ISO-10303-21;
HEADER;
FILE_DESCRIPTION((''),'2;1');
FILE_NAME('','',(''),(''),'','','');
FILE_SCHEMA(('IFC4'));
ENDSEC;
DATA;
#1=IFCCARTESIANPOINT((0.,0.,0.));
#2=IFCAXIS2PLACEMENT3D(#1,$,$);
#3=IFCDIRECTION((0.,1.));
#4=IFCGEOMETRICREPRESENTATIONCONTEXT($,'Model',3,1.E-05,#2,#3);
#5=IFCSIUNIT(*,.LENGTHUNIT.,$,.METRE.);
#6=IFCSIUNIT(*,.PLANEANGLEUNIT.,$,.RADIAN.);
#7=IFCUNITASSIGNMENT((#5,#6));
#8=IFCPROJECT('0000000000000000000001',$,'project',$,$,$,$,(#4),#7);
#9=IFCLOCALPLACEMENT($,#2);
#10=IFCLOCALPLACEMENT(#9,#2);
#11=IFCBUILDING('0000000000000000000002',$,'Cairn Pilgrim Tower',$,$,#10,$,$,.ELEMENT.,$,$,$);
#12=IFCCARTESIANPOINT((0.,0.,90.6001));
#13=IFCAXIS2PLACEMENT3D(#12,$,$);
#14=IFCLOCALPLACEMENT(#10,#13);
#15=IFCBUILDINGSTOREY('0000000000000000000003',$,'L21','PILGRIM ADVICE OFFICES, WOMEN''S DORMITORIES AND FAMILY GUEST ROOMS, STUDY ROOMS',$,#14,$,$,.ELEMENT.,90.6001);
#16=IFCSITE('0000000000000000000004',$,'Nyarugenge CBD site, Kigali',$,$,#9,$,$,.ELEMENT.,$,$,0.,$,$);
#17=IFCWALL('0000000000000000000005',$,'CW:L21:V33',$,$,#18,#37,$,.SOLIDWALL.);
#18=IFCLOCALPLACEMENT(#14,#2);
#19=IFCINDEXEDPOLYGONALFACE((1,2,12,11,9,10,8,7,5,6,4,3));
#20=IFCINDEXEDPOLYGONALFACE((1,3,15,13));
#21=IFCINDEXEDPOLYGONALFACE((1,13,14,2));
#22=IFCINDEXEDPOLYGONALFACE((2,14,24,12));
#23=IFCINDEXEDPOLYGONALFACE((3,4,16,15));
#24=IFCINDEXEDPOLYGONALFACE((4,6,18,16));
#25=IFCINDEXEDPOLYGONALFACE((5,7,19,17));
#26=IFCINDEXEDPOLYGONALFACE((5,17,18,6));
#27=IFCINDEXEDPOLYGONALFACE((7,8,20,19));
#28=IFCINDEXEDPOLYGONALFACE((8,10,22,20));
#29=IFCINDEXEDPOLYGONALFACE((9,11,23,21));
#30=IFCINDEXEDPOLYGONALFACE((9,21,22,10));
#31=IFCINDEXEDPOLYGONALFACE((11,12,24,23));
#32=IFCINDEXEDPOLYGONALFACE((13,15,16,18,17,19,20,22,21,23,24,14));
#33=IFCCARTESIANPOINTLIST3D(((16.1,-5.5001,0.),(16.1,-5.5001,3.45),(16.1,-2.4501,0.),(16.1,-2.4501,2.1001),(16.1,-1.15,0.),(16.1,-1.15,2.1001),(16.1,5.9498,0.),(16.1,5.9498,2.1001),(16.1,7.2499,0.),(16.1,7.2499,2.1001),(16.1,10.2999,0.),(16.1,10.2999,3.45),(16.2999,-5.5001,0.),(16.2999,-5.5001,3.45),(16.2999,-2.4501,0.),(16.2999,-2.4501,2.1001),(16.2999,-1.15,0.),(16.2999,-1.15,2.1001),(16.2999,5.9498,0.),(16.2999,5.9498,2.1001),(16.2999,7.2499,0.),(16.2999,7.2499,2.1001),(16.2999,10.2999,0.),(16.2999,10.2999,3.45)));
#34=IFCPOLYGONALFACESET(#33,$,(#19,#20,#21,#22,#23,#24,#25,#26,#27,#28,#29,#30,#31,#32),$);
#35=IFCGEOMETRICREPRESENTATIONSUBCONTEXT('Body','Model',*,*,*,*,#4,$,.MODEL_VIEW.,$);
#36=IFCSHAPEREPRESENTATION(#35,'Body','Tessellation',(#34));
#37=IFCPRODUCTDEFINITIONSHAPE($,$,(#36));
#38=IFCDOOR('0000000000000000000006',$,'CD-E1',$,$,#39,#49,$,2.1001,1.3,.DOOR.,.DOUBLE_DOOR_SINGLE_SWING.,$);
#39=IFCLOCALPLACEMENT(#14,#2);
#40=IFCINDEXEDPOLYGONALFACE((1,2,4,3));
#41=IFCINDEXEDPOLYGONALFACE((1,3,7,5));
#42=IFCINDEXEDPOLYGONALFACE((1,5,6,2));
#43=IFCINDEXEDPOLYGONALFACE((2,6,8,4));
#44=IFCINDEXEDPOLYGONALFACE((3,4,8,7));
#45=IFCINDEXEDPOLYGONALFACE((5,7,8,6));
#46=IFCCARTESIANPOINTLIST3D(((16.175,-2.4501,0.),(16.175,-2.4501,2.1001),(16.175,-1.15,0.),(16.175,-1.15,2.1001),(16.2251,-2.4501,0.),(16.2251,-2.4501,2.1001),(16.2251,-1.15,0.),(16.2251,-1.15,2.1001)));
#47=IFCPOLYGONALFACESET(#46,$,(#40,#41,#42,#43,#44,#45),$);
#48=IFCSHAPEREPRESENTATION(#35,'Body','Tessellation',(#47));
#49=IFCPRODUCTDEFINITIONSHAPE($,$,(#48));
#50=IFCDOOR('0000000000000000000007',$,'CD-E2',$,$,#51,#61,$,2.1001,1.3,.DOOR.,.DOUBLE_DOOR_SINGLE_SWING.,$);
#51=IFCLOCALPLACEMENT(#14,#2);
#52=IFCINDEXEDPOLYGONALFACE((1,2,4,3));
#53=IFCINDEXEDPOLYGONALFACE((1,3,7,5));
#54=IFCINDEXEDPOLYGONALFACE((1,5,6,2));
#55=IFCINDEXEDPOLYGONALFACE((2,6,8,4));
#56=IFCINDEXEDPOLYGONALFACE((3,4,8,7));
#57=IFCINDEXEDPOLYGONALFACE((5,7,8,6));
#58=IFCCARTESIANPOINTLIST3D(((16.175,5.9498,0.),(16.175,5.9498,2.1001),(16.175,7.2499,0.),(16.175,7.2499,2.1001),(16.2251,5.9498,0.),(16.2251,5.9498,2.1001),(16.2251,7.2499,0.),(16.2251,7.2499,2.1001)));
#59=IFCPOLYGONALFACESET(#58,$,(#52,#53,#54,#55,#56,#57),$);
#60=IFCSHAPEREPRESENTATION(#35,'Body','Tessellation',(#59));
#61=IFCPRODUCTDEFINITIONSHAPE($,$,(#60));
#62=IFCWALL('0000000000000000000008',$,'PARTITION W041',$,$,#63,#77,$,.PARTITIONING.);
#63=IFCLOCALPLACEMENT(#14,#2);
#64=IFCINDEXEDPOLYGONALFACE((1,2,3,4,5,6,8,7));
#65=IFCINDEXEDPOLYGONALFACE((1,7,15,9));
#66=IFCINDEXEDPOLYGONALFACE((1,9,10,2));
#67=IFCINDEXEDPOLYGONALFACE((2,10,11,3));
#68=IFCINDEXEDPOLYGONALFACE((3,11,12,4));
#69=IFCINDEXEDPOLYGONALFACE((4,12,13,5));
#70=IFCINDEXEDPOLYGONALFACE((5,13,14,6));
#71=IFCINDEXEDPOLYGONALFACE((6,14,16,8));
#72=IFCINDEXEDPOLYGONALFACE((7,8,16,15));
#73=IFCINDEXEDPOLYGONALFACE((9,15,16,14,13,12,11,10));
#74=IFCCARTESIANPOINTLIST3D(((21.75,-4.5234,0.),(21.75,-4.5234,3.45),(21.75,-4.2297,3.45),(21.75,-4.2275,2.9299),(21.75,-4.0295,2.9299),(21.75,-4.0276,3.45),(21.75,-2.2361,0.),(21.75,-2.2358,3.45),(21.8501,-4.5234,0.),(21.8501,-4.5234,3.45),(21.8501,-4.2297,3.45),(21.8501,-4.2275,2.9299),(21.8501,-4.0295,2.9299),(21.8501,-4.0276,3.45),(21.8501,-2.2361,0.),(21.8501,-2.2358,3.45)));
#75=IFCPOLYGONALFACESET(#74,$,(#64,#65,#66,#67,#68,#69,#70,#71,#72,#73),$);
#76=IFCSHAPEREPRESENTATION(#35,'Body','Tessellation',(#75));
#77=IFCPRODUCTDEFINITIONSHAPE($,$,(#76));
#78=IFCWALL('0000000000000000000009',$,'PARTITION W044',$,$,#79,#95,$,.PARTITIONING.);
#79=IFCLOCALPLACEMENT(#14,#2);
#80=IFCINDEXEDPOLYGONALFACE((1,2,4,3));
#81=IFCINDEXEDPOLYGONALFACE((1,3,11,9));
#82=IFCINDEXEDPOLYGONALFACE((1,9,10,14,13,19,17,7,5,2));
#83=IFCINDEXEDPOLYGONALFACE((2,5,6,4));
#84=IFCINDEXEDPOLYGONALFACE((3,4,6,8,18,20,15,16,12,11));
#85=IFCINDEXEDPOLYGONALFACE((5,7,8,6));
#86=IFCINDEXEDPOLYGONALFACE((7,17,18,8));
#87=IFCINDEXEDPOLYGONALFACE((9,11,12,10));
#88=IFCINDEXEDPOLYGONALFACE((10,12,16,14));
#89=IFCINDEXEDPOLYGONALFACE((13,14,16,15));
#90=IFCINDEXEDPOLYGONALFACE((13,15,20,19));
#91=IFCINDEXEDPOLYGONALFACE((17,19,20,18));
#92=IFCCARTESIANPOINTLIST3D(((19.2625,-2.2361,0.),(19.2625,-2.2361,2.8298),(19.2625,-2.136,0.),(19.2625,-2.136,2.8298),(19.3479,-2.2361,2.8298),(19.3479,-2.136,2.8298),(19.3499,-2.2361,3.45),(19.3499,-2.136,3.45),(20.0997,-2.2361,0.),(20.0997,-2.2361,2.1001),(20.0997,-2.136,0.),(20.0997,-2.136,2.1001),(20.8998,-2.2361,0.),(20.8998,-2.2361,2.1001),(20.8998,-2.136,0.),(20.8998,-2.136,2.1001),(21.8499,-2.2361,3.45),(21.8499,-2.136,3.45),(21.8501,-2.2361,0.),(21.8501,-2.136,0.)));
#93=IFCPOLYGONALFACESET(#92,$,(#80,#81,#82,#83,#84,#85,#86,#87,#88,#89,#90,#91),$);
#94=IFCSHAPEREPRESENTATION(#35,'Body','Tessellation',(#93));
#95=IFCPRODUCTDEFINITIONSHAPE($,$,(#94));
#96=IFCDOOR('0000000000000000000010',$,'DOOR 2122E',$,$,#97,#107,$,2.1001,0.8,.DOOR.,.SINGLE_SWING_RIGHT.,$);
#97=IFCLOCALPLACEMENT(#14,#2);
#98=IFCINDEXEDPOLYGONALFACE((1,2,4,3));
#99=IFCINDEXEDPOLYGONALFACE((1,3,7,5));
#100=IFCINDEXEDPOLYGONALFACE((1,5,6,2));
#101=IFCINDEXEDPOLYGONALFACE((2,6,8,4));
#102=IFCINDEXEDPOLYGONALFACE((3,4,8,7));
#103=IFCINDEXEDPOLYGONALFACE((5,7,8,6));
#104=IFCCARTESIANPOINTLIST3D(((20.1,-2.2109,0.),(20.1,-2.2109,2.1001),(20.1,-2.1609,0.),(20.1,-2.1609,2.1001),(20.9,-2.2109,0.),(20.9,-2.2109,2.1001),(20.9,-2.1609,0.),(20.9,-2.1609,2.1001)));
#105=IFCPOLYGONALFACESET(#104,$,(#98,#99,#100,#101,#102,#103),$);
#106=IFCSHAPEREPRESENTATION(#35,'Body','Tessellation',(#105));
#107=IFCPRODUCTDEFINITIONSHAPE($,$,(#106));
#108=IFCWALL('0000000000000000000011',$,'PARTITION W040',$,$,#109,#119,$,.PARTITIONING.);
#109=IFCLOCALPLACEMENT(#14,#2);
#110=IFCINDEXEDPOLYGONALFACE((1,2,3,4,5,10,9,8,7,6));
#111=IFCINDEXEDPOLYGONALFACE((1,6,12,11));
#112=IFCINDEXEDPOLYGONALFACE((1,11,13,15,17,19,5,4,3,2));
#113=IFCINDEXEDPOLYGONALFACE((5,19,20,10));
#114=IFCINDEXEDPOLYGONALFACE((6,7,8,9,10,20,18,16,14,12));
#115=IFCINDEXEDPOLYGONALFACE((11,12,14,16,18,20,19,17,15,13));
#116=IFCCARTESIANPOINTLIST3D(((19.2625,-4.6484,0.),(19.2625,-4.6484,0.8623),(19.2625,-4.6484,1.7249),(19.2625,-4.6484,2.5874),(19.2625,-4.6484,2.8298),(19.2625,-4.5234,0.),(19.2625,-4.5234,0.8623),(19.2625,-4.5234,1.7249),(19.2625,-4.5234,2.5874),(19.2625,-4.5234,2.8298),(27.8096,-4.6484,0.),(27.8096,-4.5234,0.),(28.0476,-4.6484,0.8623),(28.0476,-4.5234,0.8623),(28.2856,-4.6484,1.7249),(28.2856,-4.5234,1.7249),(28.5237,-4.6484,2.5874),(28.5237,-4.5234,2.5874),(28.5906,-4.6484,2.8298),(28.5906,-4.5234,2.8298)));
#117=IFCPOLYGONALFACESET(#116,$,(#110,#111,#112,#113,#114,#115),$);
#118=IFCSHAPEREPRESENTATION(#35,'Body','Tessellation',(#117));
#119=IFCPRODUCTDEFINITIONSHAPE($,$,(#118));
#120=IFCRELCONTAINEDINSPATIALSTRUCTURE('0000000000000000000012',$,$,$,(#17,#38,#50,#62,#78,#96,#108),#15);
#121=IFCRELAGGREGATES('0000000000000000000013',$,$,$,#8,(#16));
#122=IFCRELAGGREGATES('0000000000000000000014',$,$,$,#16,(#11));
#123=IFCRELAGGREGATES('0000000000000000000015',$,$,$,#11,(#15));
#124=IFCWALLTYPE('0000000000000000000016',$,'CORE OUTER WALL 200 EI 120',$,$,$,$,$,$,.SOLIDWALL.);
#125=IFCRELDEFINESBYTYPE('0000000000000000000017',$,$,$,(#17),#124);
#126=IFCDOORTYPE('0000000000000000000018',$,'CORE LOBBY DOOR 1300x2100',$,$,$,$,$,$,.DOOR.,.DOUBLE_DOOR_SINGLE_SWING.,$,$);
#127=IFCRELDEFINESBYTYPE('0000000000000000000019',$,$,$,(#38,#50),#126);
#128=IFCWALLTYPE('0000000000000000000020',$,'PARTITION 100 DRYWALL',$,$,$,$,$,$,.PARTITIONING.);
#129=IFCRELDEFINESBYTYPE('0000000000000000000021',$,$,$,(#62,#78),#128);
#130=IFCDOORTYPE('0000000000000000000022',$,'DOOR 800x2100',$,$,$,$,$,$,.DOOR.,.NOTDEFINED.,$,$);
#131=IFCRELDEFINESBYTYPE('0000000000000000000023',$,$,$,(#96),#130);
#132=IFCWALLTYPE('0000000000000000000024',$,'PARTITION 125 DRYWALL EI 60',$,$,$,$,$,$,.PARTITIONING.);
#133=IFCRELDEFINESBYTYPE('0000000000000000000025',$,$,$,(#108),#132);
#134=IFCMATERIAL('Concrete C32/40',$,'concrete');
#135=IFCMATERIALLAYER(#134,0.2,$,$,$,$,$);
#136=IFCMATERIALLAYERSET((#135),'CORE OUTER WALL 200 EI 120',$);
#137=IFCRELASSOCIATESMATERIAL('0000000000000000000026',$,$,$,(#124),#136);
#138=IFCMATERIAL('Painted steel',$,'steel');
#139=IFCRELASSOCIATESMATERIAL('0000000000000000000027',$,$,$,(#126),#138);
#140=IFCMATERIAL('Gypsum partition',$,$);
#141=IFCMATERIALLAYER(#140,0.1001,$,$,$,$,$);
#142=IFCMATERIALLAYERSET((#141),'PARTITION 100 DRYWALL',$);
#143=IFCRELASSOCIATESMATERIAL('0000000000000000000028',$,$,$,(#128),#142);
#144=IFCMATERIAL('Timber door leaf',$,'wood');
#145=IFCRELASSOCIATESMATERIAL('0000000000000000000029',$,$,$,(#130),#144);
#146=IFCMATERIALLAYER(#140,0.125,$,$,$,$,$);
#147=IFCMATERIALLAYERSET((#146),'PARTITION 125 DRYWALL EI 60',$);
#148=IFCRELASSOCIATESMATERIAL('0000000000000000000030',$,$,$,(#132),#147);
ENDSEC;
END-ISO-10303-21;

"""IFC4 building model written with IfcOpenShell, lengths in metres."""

from ifc_helpers import new_model, si_unit, direction, frame, frame_2d, origin, place, context, subcontext, project, spatial, polyline, rectangle, outline, extrude, material, layer, layer_set, type_object, element, fill, save


model = new_model("IFC4")

# Units and contexts
model_context = context("Model", 3, precision=1e-05, world=origin(), true_north=direction((0.0, 1.0)))
body_context = subcontext(model_context, "Body", "Model", "MODEL_VIEW")
ifc_project = project(units=[si_unit("LENGTHUNIT", "METRE"), si_unit("PLANEANGLEUNIT", "RADIAN")], contexts=[model_context])

# Site, building, storey
site_placement = place(None, origin())
site = spatial("IfcSite", under=ifc_project, at=site_placement, Name="Nyarugenge CBD site, Kigali", CompositionType="ELEMENT", RefElevation=0.0)
building_placement = place(site_placement, origin())
building = spatial("IfcBuilding", under=site, at=building_placement, Name="Cairn Pilgrim Tower", CompositionType="ELEMENT")
storey_placement = place(building_placement, frame((0.0, 0.0, 90.6001)))
storey = spatial("IfcBuildingStorey", under=building, at=storey_placement, Name="L21", Description="PILGRIM ADVICE OFFICES, WOMEN'S DORMITORIES AND FAMILY GUEST ROOMS, STUDY ROOMS", CompositionType="ELEMENT", Elevation=90.6001)

# Wall, openings, doors
ifc_material_1 = material(Name="Concrete C32/40", Category="concrete")
ifc_layer_1 = layer(ifc_material_1, 0.2)
ifc_layer_set_1 = layer_set([ifc_layer_1], Name="CORE OUTER WALL 200 EI 120")
wall_type_1 = type_object("IfcWallType", Name="CORE OUTER WALL 200 EI 120", PredefinedType="SOLIDWALL", material=ifc_layer_set_1)
wall_1_placement = place(storey_placement, frame((16.2, -5.5, 0.0), z_axis=(0.0, 0.0, 1.0), x_axis=(0.0, 1.0, 0.0)))
wall_1 = element("IfcWall", 1, at=wall_1_placement, inside=storey, type_object=wall_type_1, Name="CW:L21:V33", PredefinedType="SOLIDWALL", context=body_context, shape_type="SweptSolid", body=[
    extrude(rectangle(XDim=15.8, YDim=0.2, at=frame_2d((7.8999, 0.0))), origin(), (0.0, 0.0, 1.0), 3.45),
])
opening_1_placement = place(wall_1_placement, frame((3.05, 0.0, 0.0)))
opening_1 = element("IfcOpeningElement", 2, at=opening_1_placement, cuts=wall_1, PredefinedType="OPENING", context=body_context, shape_type="SweptSolid", body=[
    extrude(rectangle(XDim=1.3, YDim=2.1001, at=frame_2d((0.6499, 1.05))), frame((0.0, 0.1099, 0.0), z_axis=(0.0, -1.0, 0.0), x_axis=(1.0, 0.0, 0.0)), (0.0, 0.0, 1.0), 0.22),
])
opening_2_placement = place(wall_1_placement, frame((11.45, 0.0, 0.0)))
opening_2 = element("IfcOpeningElement", 3, at=opening_2_placement, cuts=wall_1, PredefinedType="OPENING", context=body_context, shape_type="SweptSolid", body=[
    extrude(rectangle(XDim=1.3, YDim=2.1001, at=frame_2d((0.6499, 1.05))), frame((0.0, 0.1099, 0.0), z_axis=(0.0, -1.0, 0.0), x_axis=(1.0, 0.0, 0.0)), (0.0, 0.0, 1.0), 0.22),
])
ifc_material_2 = material(Name="Painted steel", Category="steel")
door_type_1 = type_object("IfcDoorType", Name="CORE LOBBY DOOR 1300x2100", OperationType="DOUBLE_DOOR_SINGLE_SWING", PredefinedType="DOOR", material=ifc_material_2)
door_1_placement = place(opening_1_placement, origin())
door_1 = element("IfcDoor", 4, at=door_1_placement, inside=storey, type_object=door_type_1, Name="CD-E1", OperationType="DOUBLE_DOOR_SINGLE_SWING", OverallHeight=2.1001, OverallWidth=1.3, PredefinedType="DOOR", context=body_context, shape_type="SweptSolid", body=[
    extrude(rectangle(XDim=1.3, YDim=2.1001, at=frame_2d((0.6499, 1.05))), frame((0.0, 0.0249, 0.0), z_axis=(0.0, -1.0, 0.0), x_axis=(1.0, 0.0, 0.0)), (0.0, 0.0, 1.0), 0.05),
])
fill(opening_1, door_1)
door_2_placement = place(opening_2_placement, origin())
door_2 = element("IfcDoor", 5, at=door_2_placement, inside=storey, type_object=door_type_1, Name="CD-E2", OperationType="DOUBLE_DOOR_SINGLE_SWING", OverallHeight=2.1001, OverallWidth=1.3, PredefinedType="DOOR", context=body_context, shape_type="SweptSolid", body=[
    extrude(rectangle(XDim=1.3, YDim=2.1001, at=frame_2d((0.6499, 1.05))), frame((0.0, 0.0249, 0.0), z_axis=(0.0, -1.0, 0.0), x_axis=(1.0, 0.0, 0.0)), (0.0, 0.0, 1.0), 0.05),
])
fill(opening_2, door_2)

# Wall
ifc_material_3 = material(Name="Gypsum partition")
ifc_layer_2 = layer(ifc_material_3, 0.1001)
ifc_layer_set_2 = layer_set([ifc_layer_2], Name="PARTITION 100 DRYWALL")
wall_type_2 = type_object("IfcWallType", Name="PARTITION 100 DRYWALL", PredefinedType="PARTITIONING", material=ifc_layer_set_2)
wall_2_placement = place(storey_placement, frame((21.8, -4.5234, 0.0), z_axis=(0.0, 0.0, 1.0), x_axis=(0.0, 1.0, 0.0)))
element("IfcWall", 6, at=wall_2_placement, inside=storey, type_object=wall_type_2, Name="PARTITION W041", PredefinedType="PARTITIONING", context=body_context, shape_type="SweptSolid", body=[
    extrude(outline(polyline([(0.0, 0.0), (2.2874, 0.0), (2.2876, 3.45), (0.4958, 3.45), (0.4939, 2.9299), (0.2959, 2.9299), (0.2937, 3.45), (0.0, 3.45), (0.0, 0.0)])), frame((0.0, 0.05, 0.0), z_axis=(0.0, -1.0, 0.0), x_axis=(1.0, 0.0, 0.0)), (0.0, 0.0, 1.0), 0.1001),
])

# Wall, opening, door
wall_3_placement = place(storey_placement, frame((19.2625, -2.186, 0.0), z_axis=(0.0, 0.0, 1.0), x_axis=(1.0, 0.0, 0.0)))
wall_3 = element("IfcWall", 7, at=wall_3_placement, inside=storey, type_object=wall_type_2, Name="PARTITION W044", PredefinedType="PARTITIONING", context=body_context, shape_type="SweptSolid", body=[
    extrude(outline(polyline([(0.0, 0.0), (2.5876, 0.0), (2.5874, 3.45), (0.0874, 3.45), (0.0854, 2.8298), (0.0, 2.8298), (0.0, 0.0)])), frame((0.0, 0.05, 0.0), z_axis=(0.0, -1.0, 0.0), x_axis=(1.0, 0.0, 0.0)), (0.0, 0.0, 1.0), 0.1001),
])
opening_3_placement = place(wall_3_placement, frame((0.8374, 0.0, 0.0)))
opening_3 = element("IfcOpeningElement", 8, at=opening_3_placement, cuts=wall_3, PredefinedType="OPENING", context=body_context, shape_type="SweptSolid", body=[
    extrude(rectangle(XDim=0.8, YDim=2.1001, at=frame_2d((0.3999, 1.05))), frame((0.0, 0.0601, 0.0), z_axis=(0.0, -1.0, 0.0), x_axis=(1.0, 0.0, 0.0)), (0.0, 0.0, 1.0), 0.1201),
])
ifc_material_4 = material(Name="Timber door leaf", Category="wood")
door_type_2 = type_object("IfcDoorType", Name="DOOR 800x2100", OperationType="NOTDEFINED", PredefinedType="DOOR", material=ifc_material_4)
door_3_placement = place(opening_3_placement, frame((0.8, 0.0, 0.0), z_axis=(0.0, 0.0, 1.0), x_axis=(-1.0, 0.0, 0.0)))
door_3 = element("IfcDoor", 9, at=door_3_placement, inside=storey, type_object=door_type_2, Name="DOOR 2122E", OperationType="SINGLE_SWING_RIGHT", OverallHeight=2.1001, OverallWidth=0.8, PredefinedType="DOOR", context=body_context, shape_type="SweptSolid", body=[
    extrude(rectangle(XDim=0.8, YDim=2.1001, at=frame_2d((0.3999, 1.05))), frame((0.0, 0.0249, 0.0), z_axis=(0.0, -1.0, 0.0), x_axis=(1.0, 0.0, 0.0)), (0.0, 0.0, 1.0), 0.05),
])
fill(opening_3, door_3)

# Wall
ifc_layer_3 = layer(ifc_material_3, 0.125)
ifc_layer_set_3 = layer_set([ifc_layer_3], Name="PARTITION 125 DRYWALL EI 60")
wall_type_3 = type_object("IfcWallType", Name="PARTITION 125 DRYWALL EI 60", PredefinedType="PARTITIONING", material=ifc_layer_set_3)
wall_4_placement = place(storey_placement, frame((19.2625, -4.5859, 0.0), z_axis=(0.0, 0.0, 1.0), x_axis=(1.0, 0.0, 0.0)))
element("IfcWall", 10, at=wall_4_placement, inside=storey, type_object=wall_type_3, Name="PARTITION W040", PredefinedType="PARTITIONING", context=body_context, shape_type="SweptSolid", body=[
    extrude(outline(polyline([(0.0, 0.0), (8.5471, 0.0), (8.7852, 0.8623), (9.0232, 1.7249), (9.2612, 2.5874), (9.3281, 2.8298), (0.0, 2.8298), (0.0, 2.5874), (0.0, 1.7249), (0.0, 0.8623), (0.0, 0.0)])), frame((0.0, 0.0625, 0.0), z_axis=(0.0, -1.0, 0.0), x_axis=(1.0, 0.0, 0.0)), (0.0, 0.0, 1.0), 0.125),
])

save(model, "model.ifc")
